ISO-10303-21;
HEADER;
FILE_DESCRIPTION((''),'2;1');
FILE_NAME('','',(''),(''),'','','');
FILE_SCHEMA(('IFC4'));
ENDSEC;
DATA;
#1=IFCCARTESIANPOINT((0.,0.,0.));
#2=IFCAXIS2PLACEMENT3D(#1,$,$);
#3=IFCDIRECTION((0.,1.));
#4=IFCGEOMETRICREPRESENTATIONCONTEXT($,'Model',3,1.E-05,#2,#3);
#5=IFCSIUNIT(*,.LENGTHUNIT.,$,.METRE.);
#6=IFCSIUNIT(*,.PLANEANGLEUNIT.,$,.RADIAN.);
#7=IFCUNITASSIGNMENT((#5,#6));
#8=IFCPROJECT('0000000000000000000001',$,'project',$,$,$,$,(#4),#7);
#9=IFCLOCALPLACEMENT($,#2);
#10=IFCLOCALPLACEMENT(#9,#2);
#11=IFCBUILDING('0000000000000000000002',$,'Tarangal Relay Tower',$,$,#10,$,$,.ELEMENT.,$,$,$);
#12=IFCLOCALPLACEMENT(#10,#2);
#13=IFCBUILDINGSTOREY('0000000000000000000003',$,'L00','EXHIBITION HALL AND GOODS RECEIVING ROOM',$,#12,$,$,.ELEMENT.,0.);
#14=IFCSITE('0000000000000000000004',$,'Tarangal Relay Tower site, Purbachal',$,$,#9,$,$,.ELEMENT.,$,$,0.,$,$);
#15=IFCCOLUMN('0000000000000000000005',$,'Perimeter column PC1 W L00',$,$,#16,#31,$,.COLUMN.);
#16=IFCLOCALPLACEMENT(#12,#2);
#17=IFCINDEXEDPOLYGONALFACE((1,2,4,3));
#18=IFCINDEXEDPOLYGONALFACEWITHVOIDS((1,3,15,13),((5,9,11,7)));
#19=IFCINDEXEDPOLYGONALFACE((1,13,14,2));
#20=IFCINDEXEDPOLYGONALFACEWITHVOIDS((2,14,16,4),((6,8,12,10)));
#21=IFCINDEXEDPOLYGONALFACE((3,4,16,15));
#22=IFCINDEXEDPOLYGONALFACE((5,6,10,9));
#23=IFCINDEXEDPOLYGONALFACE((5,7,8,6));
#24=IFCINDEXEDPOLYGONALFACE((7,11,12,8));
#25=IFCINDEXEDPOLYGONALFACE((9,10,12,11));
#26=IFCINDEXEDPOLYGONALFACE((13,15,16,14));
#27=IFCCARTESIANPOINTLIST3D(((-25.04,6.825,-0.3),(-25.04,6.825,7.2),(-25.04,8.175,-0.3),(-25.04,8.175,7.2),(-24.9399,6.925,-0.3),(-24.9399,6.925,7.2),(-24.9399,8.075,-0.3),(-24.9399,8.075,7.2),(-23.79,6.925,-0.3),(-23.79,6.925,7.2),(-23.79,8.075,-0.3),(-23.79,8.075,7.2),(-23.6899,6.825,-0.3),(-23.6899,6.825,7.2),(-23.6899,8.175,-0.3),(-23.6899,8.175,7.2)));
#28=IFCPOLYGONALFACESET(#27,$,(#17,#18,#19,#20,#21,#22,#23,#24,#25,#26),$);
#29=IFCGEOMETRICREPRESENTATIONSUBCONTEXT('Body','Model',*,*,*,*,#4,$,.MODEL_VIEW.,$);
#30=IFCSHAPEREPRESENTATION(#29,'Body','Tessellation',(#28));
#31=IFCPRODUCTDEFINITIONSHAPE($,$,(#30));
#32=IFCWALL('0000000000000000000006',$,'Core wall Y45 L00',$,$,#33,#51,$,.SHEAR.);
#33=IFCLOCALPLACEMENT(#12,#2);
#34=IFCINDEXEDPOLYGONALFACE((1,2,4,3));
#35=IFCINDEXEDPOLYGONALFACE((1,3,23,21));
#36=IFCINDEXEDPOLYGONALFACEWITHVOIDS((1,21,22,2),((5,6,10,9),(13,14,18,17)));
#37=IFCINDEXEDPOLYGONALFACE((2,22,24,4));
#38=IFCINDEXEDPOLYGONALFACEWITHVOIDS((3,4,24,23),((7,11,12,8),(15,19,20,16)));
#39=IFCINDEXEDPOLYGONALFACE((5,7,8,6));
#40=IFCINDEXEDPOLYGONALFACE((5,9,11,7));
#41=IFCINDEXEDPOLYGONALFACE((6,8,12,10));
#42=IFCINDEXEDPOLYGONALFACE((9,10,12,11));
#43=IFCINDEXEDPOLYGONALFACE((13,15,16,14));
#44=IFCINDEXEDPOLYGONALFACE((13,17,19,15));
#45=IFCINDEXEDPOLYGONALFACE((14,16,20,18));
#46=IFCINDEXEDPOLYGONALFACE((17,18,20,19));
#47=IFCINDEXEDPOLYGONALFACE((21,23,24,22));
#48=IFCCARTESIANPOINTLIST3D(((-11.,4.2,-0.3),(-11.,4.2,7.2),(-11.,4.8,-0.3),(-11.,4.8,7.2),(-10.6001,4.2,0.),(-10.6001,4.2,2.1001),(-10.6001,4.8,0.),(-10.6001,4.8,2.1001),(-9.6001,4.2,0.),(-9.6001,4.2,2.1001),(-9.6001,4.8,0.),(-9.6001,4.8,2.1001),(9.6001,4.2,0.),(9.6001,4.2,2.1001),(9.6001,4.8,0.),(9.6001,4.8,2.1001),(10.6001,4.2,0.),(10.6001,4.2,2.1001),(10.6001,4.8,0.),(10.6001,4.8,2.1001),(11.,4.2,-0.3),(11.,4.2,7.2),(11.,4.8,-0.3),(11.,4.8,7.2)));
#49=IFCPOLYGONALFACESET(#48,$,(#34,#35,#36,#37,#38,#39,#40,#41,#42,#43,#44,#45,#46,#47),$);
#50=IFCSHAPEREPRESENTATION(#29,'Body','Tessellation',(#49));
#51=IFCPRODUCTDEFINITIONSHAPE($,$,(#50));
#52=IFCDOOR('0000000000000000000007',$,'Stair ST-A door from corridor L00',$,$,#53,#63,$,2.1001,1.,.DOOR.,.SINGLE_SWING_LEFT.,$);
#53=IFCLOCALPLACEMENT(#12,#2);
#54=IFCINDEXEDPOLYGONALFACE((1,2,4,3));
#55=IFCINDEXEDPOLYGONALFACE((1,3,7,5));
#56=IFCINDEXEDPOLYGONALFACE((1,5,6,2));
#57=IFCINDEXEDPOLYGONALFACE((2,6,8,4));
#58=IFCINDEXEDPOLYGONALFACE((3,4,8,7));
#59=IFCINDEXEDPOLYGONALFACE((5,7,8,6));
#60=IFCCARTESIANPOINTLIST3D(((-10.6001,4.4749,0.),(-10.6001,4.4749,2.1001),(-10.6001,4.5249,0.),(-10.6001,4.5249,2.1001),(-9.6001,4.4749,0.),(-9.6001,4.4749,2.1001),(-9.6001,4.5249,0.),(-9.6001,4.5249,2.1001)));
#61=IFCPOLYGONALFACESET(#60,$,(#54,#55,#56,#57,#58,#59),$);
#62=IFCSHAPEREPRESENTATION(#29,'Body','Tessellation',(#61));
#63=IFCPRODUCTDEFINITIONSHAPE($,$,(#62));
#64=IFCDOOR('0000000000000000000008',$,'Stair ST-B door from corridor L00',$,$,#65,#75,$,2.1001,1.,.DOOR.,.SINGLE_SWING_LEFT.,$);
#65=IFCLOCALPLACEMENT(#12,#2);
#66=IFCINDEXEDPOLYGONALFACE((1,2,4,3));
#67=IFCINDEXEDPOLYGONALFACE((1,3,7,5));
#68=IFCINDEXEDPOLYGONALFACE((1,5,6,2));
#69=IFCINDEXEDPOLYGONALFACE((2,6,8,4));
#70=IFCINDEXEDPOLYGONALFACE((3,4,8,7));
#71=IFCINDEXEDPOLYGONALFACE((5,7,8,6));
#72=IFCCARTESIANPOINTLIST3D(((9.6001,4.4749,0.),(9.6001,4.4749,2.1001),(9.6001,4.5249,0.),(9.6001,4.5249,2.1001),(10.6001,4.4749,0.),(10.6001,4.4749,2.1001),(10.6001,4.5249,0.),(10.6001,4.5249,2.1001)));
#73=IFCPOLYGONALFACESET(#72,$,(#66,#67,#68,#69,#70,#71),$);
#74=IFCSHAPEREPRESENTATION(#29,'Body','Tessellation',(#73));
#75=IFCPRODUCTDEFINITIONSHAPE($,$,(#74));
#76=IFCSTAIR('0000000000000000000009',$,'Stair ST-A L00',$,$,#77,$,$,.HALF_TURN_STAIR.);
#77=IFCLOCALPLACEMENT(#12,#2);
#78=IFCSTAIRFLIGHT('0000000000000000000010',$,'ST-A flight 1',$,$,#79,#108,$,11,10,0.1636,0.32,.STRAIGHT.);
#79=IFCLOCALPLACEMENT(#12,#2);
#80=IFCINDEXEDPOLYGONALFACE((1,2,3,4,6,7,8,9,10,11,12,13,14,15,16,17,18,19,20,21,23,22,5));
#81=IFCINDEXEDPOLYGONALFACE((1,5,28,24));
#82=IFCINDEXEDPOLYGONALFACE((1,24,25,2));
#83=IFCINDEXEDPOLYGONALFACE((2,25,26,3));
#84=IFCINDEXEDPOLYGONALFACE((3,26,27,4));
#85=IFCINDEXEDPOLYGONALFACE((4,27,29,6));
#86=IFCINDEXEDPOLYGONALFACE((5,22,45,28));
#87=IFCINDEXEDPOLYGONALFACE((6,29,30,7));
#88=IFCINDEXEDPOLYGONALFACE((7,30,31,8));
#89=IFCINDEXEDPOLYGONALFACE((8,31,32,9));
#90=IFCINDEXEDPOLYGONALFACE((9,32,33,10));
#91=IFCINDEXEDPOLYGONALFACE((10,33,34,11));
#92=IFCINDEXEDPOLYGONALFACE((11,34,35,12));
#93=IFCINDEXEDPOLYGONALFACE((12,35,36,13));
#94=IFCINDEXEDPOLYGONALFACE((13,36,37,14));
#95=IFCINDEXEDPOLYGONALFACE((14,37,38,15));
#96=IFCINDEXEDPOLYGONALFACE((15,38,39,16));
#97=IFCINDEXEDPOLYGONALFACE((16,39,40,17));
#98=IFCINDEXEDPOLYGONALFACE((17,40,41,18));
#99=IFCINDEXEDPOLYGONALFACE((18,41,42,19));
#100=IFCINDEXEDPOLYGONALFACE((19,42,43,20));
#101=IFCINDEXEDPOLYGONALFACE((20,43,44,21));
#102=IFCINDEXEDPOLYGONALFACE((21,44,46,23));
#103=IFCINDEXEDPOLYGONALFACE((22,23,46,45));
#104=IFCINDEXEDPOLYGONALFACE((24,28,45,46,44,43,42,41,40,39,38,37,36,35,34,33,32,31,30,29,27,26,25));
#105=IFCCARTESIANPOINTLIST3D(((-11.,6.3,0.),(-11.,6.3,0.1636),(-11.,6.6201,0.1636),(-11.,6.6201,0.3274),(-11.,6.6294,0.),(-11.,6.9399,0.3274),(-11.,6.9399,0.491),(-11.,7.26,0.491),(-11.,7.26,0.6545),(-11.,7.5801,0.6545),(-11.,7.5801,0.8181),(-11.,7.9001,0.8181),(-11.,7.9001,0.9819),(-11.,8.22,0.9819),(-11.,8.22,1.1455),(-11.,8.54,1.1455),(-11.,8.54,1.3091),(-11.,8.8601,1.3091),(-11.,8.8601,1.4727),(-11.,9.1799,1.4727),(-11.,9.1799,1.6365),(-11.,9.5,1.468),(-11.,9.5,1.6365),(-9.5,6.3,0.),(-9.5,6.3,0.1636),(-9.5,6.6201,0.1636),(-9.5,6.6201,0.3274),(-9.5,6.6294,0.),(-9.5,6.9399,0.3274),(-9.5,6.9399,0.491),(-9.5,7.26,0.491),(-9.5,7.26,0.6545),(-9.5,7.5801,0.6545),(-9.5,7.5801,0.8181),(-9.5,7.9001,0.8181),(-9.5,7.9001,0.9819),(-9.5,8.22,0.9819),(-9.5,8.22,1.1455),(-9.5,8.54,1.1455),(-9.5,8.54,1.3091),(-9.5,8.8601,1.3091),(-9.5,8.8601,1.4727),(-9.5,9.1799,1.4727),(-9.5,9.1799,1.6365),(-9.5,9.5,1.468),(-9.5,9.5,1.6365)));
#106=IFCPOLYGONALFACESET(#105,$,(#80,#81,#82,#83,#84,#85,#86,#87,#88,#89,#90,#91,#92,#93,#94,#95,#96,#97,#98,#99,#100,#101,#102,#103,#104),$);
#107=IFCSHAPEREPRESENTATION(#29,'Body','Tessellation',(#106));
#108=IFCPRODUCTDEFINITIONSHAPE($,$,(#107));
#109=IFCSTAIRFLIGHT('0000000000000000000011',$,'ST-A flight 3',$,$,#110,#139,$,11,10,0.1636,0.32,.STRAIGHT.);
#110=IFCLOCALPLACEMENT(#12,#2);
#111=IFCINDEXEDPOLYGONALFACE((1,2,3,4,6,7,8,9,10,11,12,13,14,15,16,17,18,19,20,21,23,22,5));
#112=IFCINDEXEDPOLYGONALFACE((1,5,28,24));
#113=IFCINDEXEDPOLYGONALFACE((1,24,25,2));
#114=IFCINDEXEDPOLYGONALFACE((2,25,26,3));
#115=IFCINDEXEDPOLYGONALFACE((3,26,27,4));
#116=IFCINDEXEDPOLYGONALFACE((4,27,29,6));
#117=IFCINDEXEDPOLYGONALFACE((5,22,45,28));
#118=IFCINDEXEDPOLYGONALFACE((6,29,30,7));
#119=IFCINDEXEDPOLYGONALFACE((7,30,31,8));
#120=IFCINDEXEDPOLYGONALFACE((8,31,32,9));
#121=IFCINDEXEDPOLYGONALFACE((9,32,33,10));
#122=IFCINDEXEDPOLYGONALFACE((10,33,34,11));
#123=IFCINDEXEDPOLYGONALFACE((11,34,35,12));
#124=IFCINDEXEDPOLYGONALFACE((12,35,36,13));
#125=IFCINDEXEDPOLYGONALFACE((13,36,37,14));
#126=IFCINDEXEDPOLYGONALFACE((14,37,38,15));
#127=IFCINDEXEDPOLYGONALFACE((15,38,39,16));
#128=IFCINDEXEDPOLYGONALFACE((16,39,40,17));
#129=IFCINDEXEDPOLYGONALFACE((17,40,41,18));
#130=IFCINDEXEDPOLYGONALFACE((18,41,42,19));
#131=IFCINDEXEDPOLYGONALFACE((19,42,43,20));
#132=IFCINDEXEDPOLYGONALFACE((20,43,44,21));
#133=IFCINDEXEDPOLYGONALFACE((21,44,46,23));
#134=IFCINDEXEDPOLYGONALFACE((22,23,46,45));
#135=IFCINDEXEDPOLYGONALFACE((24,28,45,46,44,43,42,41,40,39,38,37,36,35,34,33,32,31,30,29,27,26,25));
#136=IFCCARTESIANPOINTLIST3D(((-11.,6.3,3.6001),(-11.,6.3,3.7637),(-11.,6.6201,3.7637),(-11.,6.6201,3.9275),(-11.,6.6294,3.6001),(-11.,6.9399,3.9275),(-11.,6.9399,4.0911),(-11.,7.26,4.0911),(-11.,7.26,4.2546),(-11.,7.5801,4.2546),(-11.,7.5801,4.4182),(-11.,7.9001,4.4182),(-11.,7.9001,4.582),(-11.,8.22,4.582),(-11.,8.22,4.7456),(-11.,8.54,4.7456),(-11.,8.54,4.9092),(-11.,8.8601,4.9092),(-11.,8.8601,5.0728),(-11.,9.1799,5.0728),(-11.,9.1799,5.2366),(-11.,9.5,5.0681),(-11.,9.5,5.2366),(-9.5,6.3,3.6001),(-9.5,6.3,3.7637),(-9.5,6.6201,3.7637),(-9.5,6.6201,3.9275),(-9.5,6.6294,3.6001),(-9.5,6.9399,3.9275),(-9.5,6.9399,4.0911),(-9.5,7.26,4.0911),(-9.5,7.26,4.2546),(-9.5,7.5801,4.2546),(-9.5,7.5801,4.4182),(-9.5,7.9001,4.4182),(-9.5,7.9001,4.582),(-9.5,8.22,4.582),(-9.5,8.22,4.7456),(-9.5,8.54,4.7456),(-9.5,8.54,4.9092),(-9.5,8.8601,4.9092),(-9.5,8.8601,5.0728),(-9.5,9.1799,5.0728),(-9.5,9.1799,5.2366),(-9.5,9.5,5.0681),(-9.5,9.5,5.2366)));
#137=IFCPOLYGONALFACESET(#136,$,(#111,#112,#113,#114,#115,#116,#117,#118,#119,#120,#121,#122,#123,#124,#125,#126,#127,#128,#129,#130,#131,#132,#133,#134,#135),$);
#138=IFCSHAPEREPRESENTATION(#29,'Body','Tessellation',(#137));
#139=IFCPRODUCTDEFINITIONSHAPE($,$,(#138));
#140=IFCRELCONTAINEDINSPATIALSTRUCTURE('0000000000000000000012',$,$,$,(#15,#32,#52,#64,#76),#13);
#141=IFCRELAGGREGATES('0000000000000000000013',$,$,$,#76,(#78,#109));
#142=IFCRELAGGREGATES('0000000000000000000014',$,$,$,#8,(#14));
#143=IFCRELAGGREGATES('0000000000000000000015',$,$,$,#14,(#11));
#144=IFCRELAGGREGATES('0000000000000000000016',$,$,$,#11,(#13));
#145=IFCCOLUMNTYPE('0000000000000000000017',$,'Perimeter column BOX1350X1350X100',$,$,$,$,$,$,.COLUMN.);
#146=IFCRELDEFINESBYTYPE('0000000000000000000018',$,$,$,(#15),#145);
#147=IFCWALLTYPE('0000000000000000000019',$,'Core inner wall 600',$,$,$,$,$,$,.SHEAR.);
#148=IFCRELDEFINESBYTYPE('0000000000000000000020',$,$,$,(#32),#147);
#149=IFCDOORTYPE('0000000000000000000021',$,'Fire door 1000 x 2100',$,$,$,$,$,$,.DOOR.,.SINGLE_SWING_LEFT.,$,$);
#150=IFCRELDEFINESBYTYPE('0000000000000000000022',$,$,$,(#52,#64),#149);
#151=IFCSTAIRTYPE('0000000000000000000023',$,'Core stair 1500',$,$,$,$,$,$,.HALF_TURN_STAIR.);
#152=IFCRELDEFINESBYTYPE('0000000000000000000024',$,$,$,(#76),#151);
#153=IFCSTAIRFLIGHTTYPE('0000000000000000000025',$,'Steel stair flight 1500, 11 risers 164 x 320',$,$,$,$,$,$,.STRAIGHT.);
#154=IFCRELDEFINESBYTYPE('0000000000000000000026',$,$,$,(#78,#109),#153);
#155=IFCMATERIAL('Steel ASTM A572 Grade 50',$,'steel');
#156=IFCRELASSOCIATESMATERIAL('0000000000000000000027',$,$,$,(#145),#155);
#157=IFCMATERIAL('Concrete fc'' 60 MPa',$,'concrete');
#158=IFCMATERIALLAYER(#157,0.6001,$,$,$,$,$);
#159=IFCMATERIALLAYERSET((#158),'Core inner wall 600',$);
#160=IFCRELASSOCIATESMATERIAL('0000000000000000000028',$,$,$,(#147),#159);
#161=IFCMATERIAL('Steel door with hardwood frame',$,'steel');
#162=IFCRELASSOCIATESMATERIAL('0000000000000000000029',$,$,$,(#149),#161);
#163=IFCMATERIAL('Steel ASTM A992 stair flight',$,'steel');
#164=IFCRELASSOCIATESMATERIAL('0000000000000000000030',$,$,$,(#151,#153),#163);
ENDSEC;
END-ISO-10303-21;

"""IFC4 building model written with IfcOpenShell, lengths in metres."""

from ifc_helpers import new_model, si_unit, direction, frame, frame_2d, origin, origin_2d, place, context, subcontext, project, spatial, polyline, rectangle, hollow_rectangle, outline, extrude, material, layer, layer_set, material_profile, profile_set, type_object, element, fill, aggregate, save


model = new_model("IFC4")

# Units and contexts
model_context = context("Model", 3, precision=1e-05, world=origin(), true_north=direction((0.0, 1.0)))
body_context = subcontext(model_context, "Body", "Model", "MODEL_VIEW")
ifc_project = project(units=[si_unit("LENGTHUNIT", "METRE"), si_unit("PLANEANGLEUNIT", "RADIAN")], contexts=[model_context])

# Site, building, storey
site_placement = place(None, origin())
site = spatial("IfcSite", under=ifc_project, at=site_placement, Name="Tarangal Relay Tower site, Purbachal", CompositionType="ELEMENT", RefElevation=0.0)
building_placement = place(site_placement, origin())
building = spatial("IfcBuilding", under=site, at=building_placement, Name="Tarangal Relay Tower", CompositionType="ELEMENT")
storey_placement = place(building_placement, origin())
storey = spatial("IfcBuildingStorey", under=building, at=storey_placement, Name="L00", Description="EXHIBITION HALL AND GOODS RECEIVING ROOM", CompositionType="ELEMENT", Elevation=0.0)

# Column
ifc_material_1 = material(Name="Steel ASTM A572 Grade 50", Category="steel")
ifc_material_profile_1 = material_profile(ifc_material_1, hollow_rectangle(XDim=1.3501, YDim=1.3501, WallThickness=0.1001, at=origin_2d()), Name="BOX1350X1350X100")
ifc_profile_set_1 = profile_set([ifc_material_profile_1], Name="Steel ASTM A572 Grade 50")
column_type = type_object("IfcColumnType", Name="Perimeter column BOX1350X1350X100", PredefinedType="COLUMN", material=ifc_profile_set_1)
column_placement = place(storey_placement, frame((-24.365, 7.5, -0.3), z_axis=(0.0, 0.0, 1.0), x_axis=(1.0, 0.0, 0.0)))
element("IfcColumn", 1, at=column_placement, inside=storey, type_object=column_type, Name="Perimeter column PC1 W L00", PredefinedType="COLUMN", context=body_context, shape_type="SweptSolid", body=[
    extrude(hollow_rectangle(XDim=1.3501, YDim=1.3501, WallThickness=0.1001, at=origin_2d()), origin(), (0.0, 0.0, 1.0), 7.5),
])

# Wall, openings, doors
ifc_material_2 = material(Name="Concrete fc' 60 MPa", Category="concrete")
ifc_layer = layer(ifc_material_2, 0.6001)
ifc_layer_set = layer_set([ifc_layer], Name="Core inner wall 600")
wall_type = type_object("IfcWallType", Name="Core inner wall 600", PredefinedType="SHEAR", material=ifc_layer_set)
wall_placement = place(storey_placement, frame((-11.0, 4.5, -0.3), z_axis=(0.0, 0.0, 1.0), x_axis=(1.0, 0.0, 0.0)))
wall = element("IfcWall", 2, at=wall_placement, inside=storey, type_object=wall_type, Name="Core wall Y45 L00", PredefinedType="SHEAR", context=body_context, shape_type="SweptSolid", body=[
    extrude(rectangle(XDim=22.0, YDim=0.6001, at=frame_2d((11.0, 0.0))), origin(), (0.0, 0.0, 1.0), 7.5),
])
opening_1_placement = place(wall_placement, frame((0.3999, 0.0, 0.3)))
opening_1 = element("IfcOpeningElement", 3, at=opening_1_placement, cuts=wall, PredefinedType="OPENING", context=body_context, shape_type="SweptSolid", body=[
    extrude(rectangle(XDim=1.0, YDim=2.1001, at=frame_2d((0.5, 1.05))), frame((0.0, 0.3101, 0.0), z_axis=(0.0, -1.0, 0.0), x_axis=(1.0, 0.0, 0.0)), (0.0, 0.0, 1.0), 0.6201),
])
opening_2_placement = place(wall_placement, frame((20.6001, 0.0, 0.3)))
opening_2 = element("IfcOpeningElement", 4, at=opening_2_placement, cuts=wall, PredefinedType="OPENING", context=body_context, shape_type="SweptSolid", body=[
    extrude(rectangle(XDim=1.0, YDim=2.1001, at=frame_2d((0.5, 1.05))), frame((0.0, 0.3101, 0.0), z_axis=(0.0, -1.0, 0.0), x_axis=(1.0, 0.0, 0.0)), (0.0, 0.0, 1.0), 0.6201),
])
ifc_material_3 = material(Name="Steel door with hardwood frame", Category="steel")
door_type = type_object("IfcDoorType", Name="Fire door 1000 x 2100", OperationType="SINGLE_SWING_LEFT", PredefinedType="DOOR", material=ifc_material_3)
door_1_placement = place(opening_1_placement, origin())
door_1 = element("IfcDoor", 5, at=door_1_placement, inside=storey, type_object=door_type, Name="Stair ST-A door from corridor L00", OperationType="SINGLE_SWING_LEFT", OverallHeight=2.1001, OverallWidth=1.0, PredefinedType="DOOR", context=body_context, shape_type="SweptSolid", body=[
    extrude(rectangle(XDim=1.0, YDim=2.1001, at=frame_2d((0.5, 1.05))), frame((0.0, 0.0249, 0.0), z_axis=(0.0, -1.0, 0.0), x_axis=(1.0, 0.0, 0.0)), (0.0, 0.0, 1.0), 0.05),
])
fill(opening_1, door_1)
door_2_placement = place(opening_2_placement, origin())
door_2 = element("IfcDoor", 6, at=door_2_placement, inside=storey, type_object=door_type, Name="Stair ST-B door from corridor L00", OperationType="SINGLE_SWING_LEFT", OverallHeight=2.1001, OverallWidth=1.0, PredefinedType="DOOR", context=body_context, shape_type="SweptSolid", body=[
    extrude(rectangle(XDim=1.0, YDim=2.1001, at=frame_2d((0.5, 1.05))), frame((0.0, 0.0249, 0.0), z_axis=(0.0, -1.0, 0.0), x_axis=(1.0, 0.0, 0.0)), (0.0, 0.0, 1.0), 0.05),
])
fill(opening_2, door_2)

# Stair, stair flights
ifc_material_4 = material(Name="Steel ASTM A992 stair flight", Category="steel")
stair_type = type_object("IfcStairType", Name="Core stair 1500", PredefinedType="HALF_TURN_STAIR", material=ifc_material_4)
stair_placement = place(storey_placement, origin())
stair = element("IfcStair", 7, at=stair_placement, inside=storey, type_object=stair_type, Name="Stair ST-A L00", PredefinedType="HALF_TURN_STAIR")
stair_flight_type = type_object("IfcStairFlightType", Name="Steel stair flight 1500, 11 risers 164 x 320", PredefinedType="STRAIGHT", material=ifc_material_4)
stair_flight_1_placement = place(storey_placement, frame((-10.25, 6.3, 0.0), z_axis=(0.0, 0.0, 1.0), x_axis=(0.0, 1.0, 0.0)))
stair_flight_1 = element("IfcStairFlight", 8, at=stair_flight_1_placement, type_object=stair_flight_type, Name="ST-A flight 1", NumberOfRisers=11, NumberOfTreads=10, PredefinedType="STRAIGHT", RiserHeight=0.1636, TreadLength=0.32, context=body_context, shape_type="SweptSolid", body=[
    extrude(outline(polyline([(0.0, 0.0), (0.0, 0.1636), (0.3201, 0.1636), (0.3201, 0.3274), (0.6399, 0.3274), (0.6399, 0.491), (0.96, 0.491), (0.96, 0.6545), (1.28, 0.6545), (1.28, 0.8181), (1.6001, 0.8181), (1.6001, 0.9819), (1.9199, 0.9819), (1.9199, 1.1455), (2.24, 1.1455), (2.24, 1.3091), (2.5601, 1.3091), (2.5601, 1.4727), (2.8799, 1.4727), (2.8799, 1.6365), (3.2, 1.6365), (3.2, 1.8), (3.2, 1.468), (0.3293, 0.0), (0.0, 0.0)])), frame((0.0, 0.75, 0.0), z_axis=(0.0, -1.0, 0.0), x_axis=(1.0, 0.0, 0.0)), (0.0, 0.0, 1.0), 1.5),
])
stair_flight_2_placement = place(storey_placement, frame((-10.25, 6.3, 3.6001), z_axis=(0.0, 0.0, 1.0), x_axis=(0.0, 1.0, 0.0)))
stair_flight_2 = element("IfcStairFlight", 9, at=stair_flight_2_placement, type_object=stair_flight_type, Name="ST-A flight 3", NumberOfRisers=11, NumberOfTreads=10, PredefinedType="STRAIGHT", RiserHeight=0.1636, TreadLength=0.32, context=body_context, shape_type="SweptSolid", body=[
    extrude(outline(polyline([(0.0, 0.0), (0.0, 0.1636), (0.3201, 0.1636), (0.3201, 0.3274), (0.6399, 0.3274), (0.6399, 0.491), (0.96, 0.491), (0.96, 0.6545), (1.28, 0.6545), (1.28, 0.8181), (1.6001, 0.8181), (1.6001, 0.9819), (1.9199, 0.9819), (1.9199, 1.1455), (2.24, 1.1455), (2.24, 1.3091), (2.5601, 1.3091), (2.5601, 1.4727), (2.8799, 1.4727), (2.8799, 1.6365), (3.2, 1.6365), (3.2, 1.8), (3.2, 1.468), (0.3293, 0.0), (0.0, 0.0)])), frame((0.0, 0.75, 0.0), z_axis=(0.0, -1.0, 0.0), x_axis=(1.0, 0.0, 0.0)), (0.0, 0.0, 1.0), 1.5),
])
aggregate(stair, [stair_flight_1, stair_flight_2])

save(model, "model.ifc")
